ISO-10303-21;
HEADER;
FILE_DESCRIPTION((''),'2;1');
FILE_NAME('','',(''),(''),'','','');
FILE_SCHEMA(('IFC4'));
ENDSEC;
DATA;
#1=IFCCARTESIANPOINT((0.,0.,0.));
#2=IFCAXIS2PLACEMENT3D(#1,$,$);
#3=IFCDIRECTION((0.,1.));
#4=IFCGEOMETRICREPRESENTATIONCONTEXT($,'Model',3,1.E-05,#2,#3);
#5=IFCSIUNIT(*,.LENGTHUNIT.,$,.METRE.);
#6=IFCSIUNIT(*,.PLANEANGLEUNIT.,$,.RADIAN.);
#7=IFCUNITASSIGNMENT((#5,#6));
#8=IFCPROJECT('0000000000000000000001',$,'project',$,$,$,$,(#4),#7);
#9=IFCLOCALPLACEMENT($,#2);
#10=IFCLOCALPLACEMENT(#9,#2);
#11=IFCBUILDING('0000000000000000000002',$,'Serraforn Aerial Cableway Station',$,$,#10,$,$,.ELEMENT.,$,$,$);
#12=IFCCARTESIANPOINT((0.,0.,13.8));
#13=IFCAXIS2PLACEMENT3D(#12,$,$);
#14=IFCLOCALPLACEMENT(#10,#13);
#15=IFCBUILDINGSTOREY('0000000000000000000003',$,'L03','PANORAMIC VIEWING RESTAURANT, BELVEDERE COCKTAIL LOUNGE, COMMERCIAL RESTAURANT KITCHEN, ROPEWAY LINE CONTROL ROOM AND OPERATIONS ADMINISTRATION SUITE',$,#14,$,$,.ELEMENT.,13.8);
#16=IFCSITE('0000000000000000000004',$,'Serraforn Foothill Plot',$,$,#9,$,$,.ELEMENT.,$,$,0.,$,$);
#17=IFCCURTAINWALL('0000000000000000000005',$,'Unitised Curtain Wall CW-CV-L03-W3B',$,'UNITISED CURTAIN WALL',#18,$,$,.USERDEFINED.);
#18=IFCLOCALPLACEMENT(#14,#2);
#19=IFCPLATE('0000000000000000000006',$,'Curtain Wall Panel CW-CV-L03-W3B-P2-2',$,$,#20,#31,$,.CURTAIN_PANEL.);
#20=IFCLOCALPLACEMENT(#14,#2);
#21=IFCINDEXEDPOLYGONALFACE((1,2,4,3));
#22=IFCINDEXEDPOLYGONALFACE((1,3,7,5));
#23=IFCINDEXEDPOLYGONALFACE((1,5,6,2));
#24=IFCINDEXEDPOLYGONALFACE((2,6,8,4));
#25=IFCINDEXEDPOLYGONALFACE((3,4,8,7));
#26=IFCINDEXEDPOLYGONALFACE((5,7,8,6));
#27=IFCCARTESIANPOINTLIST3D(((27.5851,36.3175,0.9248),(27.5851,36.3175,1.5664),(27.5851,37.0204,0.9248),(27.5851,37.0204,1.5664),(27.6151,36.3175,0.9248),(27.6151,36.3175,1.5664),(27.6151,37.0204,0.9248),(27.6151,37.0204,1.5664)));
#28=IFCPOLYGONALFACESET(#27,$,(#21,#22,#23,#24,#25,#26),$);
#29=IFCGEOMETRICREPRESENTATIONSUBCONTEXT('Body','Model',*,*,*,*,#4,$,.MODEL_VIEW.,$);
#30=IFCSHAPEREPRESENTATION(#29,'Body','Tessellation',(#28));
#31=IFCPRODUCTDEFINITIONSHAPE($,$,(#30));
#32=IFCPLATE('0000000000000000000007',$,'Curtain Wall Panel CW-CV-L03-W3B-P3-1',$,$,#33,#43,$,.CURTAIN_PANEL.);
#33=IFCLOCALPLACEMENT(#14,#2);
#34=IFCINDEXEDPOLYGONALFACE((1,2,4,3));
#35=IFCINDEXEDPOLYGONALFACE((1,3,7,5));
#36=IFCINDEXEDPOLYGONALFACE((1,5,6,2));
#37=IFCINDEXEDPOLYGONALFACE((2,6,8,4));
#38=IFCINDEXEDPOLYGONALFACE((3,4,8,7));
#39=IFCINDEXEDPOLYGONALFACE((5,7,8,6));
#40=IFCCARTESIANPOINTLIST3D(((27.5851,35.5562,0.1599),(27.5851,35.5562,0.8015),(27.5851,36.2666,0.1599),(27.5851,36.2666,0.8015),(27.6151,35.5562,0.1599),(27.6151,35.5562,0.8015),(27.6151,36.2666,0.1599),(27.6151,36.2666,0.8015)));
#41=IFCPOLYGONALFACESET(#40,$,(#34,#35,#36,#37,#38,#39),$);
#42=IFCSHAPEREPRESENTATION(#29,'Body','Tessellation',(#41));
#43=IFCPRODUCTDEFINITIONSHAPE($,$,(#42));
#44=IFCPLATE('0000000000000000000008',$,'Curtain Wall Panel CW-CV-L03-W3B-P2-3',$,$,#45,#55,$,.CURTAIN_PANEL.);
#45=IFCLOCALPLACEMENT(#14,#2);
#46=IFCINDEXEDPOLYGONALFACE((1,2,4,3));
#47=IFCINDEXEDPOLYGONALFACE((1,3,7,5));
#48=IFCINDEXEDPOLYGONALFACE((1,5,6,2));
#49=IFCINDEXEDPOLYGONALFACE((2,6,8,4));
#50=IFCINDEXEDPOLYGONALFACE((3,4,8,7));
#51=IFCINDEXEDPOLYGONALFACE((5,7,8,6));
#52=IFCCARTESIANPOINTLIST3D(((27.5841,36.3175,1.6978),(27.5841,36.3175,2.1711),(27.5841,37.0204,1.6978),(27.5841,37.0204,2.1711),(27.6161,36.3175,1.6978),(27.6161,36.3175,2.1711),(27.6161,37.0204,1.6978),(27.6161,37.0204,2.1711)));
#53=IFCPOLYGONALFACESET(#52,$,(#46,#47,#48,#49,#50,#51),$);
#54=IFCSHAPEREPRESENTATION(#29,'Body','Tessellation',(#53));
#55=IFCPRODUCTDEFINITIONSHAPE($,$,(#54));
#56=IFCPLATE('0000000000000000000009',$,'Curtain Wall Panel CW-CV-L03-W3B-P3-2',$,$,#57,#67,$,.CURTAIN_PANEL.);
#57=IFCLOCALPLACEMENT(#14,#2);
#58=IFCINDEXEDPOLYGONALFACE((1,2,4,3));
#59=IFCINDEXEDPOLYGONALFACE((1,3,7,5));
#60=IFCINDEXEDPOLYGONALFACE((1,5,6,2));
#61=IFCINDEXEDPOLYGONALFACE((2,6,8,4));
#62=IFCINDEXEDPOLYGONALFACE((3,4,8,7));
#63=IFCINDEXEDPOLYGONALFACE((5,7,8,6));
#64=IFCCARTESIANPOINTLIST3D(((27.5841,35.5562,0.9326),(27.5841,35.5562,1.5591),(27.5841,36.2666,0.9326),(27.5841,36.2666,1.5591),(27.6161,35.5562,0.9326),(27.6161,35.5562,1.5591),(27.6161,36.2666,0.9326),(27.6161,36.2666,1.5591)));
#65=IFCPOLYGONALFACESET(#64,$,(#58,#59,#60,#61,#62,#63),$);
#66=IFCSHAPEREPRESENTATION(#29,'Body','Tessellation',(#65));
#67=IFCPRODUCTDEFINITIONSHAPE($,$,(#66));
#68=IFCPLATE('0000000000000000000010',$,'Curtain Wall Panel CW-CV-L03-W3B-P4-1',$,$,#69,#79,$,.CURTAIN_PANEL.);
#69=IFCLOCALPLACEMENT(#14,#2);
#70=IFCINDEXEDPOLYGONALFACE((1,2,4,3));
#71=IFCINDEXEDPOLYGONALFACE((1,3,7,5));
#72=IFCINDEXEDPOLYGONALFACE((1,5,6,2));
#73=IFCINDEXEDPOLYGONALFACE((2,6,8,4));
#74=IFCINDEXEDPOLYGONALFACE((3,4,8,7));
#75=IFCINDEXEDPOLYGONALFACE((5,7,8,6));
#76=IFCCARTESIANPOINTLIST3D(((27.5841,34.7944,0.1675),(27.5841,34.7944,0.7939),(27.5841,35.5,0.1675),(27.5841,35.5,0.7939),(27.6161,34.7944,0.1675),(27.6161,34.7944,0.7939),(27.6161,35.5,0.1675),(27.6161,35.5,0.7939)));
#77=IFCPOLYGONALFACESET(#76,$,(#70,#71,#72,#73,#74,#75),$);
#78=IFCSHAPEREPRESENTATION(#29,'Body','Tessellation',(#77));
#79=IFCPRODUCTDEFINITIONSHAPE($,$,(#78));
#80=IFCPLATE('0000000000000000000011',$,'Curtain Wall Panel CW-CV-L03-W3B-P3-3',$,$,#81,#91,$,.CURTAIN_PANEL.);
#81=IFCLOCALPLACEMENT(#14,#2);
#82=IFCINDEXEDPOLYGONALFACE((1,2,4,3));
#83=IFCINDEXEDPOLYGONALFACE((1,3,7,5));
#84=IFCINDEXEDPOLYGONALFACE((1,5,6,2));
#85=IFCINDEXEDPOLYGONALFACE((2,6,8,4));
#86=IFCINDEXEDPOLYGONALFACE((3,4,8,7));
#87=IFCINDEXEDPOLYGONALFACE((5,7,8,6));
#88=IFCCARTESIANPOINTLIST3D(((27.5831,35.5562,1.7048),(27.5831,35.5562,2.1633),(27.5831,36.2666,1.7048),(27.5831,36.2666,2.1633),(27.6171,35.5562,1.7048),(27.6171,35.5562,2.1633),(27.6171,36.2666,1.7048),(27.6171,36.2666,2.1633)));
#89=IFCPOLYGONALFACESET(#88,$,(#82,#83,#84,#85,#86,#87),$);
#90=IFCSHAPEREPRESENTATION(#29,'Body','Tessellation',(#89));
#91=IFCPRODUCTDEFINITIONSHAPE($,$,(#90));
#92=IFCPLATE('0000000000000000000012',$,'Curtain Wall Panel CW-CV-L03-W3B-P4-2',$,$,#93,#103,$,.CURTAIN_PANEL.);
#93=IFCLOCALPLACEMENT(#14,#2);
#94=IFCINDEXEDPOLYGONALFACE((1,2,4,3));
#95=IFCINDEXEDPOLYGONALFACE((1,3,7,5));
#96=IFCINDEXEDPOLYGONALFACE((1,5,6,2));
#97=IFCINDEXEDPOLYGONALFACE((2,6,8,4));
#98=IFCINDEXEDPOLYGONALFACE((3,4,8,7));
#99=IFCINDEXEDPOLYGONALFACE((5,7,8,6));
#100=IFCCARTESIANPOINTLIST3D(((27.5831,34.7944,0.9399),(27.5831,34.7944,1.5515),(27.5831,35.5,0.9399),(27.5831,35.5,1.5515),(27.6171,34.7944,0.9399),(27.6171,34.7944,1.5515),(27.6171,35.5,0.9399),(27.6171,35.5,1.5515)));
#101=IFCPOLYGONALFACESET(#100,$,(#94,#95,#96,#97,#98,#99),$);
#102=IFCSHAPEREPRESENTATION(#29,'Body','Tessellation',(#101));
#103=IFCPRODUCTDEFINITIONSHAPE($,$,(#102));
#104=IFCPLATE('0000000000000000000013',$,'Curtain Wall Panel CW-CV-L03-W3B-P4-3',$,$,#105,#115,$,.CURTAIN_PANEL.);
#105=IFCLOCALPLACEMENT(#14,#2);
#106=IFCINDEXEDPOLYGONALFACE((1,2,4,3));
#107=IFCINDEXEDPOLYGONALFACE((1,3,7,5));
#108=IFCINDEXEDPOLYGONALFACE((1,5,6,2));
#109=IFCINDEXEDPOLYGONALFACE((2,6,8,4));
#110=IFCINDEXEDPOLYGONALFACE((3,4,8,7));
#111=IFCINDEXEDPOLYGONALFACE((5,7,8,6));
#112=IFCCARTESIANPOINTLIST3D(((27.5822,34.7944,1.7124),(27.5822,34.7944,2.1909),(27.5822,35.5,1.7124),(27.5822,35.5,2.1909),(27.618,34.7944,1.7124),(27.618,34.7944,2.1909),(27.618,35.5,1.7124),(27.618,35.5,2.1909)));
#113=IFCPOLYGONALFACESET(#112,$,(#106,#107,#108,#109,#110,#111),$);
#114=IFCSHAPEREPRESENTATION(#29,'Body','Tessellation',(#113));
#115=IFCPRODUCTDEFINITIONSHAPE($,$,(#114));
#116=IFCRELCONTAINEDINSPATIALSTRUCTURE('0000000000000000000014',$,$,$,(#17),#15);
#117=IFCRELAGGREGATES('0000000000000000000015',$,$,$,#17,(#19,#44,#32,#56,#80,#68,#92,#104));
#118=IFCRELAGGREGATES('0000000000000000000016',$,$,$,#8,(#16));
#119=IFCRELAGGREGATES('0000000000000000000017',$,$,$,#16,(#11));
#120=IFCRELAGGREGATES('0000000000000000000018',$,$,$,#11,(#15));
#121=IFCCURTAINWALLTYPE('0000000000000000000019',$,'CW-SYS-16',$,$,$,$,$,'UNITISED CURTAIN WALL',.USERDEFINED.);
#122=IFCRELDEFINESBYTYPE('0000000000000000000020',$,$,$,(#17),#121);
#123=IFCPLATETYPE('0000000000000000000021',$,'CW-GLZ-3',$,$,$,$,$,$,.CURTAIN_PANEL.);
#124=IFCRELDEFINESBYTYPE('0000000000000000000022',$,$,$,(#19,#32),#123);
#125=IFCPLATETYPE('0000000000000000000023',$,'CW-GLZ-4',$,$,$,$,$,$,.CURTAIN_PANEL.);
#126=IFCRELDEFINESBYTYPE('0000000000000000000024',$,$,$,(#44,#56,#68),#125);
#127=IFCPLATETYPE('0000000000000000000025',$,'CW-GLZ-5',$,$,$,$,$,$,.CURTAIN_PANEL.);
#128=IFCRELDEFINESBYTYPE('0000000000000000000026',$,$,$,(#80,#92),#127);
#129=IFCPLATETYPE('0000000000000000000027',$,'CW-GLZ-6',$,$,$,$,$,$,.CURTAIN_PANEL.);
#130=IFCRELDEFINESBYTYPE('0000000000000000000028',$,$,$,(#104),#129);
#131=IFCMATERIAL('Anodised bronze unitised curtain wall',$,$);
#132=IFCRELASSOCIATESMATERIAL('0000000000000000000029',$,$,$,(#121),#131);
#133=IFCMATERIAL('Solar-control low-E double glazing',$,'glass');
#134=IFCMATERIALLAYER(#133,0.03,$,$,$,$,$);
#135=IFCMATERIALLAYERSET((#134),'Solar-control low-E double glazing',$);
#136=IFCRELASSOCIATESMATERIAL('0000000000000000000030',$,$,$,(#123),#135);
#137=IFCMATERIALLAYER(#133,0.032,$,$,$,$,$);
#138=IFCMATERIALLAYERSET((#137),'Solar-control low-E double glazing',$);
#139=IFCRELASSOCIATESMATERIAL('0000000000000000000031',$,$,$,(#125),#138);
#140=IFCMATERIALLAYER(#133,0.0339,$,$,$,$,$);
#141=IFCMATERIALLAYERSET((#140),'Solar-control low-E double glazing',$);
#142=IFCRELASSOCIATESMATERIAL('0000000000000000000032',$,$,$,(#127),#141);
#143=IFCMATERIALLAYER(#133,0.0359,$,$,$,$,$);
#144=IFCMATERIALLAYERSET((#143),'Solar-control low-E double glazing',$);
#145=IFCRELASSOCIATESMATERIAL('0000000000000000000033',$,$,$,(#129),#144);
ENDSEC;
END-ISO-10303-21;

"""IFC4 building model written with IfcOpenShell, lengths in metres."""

from ifc_helpers import new_model, si_unit, direction, frame, origin, origin_2d, place, context, subcontext, project, spatial, rectangle, extrude, material, layer, layer_set, type_object, element, aggregate, save


model = new_model("IFC4")

# Units and contexts
model_context = context("Model", 3, precision=1e-05, world=origin(), true_north=direction((0.0, 1.0)))
body_context = subcontext(model_context, "Body", "Model", "MODEL_VIEW")
ifc_project = project(units=[si_unit("LENGTHUNIT", "METRE"), si_unit("PLANEANGLEUNIT", "RADIAN")], contexts=[model_context])

# Site, building, storey
site_placement = place(None, origin())
site = spatial("IfcSite", under=ifc_project, at=site_placement, Name="Serraforn Foothill Plot", CompositionType="ELEMENT", RefElevation=0.0)
building_placement = place(site_placement, origin())
building = spatial("IfcBuilding", under=site, at=building_placement, Name="Serraforn Aerial Cableway Station", CompositionType="ELEMENT")
storey_placement = place(building_placement, frame((0.0, 0.0, 13.8)))
storey = spatial("IfcBuildingStorey", under=building, at=storey_placement, Name="L03", Description="PANORAMIC VIEWING RESTAURANT, BELVEDERE COCKTAIL LOUNGE, COMMERCIAL RESTAURANT KITCHEN, ROPEWAY LINE CONTROL ROOM AND OPERATIONS ADMINISTRATION SUITE", CompositionType="ELEMENT", Elevation=13.8)

# Curtain wall, plates
ifc_material_1 = material(Name="Anodised bronze unitised curtain wall")
curtain_wall_type = type_object("IfcCurtainWallType", Name="CW-SYS-16", ElementType="UNITISED CURTAIN WALL", PredefinedType="USERDEFINED", material=ifc_material_1)
curtain_wall_placement = place(storey_placement, origin())
curtain_wall = element("IfcCurtainWall", 1, at=curtain_wall_placement, inside=storey, type_object=curtain_wall_type, Name="Unitised Curtain Wall CW-CV-L03-W3B", ObjectType="UNITISED CURTAIN WALL", PredefinedType="USERDEFINED")
ifc_material_2 = material(Name="Solar-control low-E double glazing", Category="glass")
ifc_layer_1 = layer(ifc_material_2, 0.03)
ifc_layer_set_1 = layer_set([ifc_layer_1], Name="Solar-control low-E double glazing")
plate_type_1 = type_object("IfcPlateType", Name="CW-GLZ-3", PredefinedType="CURTAIN_PANEL", material=ifc_layer_set_1)
plate_1_placement = place(storey_placement, frame((27.6001, 36.6689, 0.9248), z_axis=(0.0, 0.0, 1.0), x_axis=(1.0, 0.0, 0.0)))
plate_1 = element("IfcPlate", 2, at=plate_1_placement, type_object=plate_type_1, Name="Curtain Wall Panel CW-CV-L03-W3B-P2-2", PredefinedType="CURTAIN_PANEL", context=body_context, shape_type="SweptSolid", body=[
    extrude(rectangle(XDim=0.03, YDim=0.7029, at=origin_2d()), origin(), (0.0, 0.0, 1.0), 0.6416),
])
plate_2_placement = place(storey_placement, frame((27.6001, 35.9114, 0.1599), z_axis=(0.0, 0.0, 1.0), x_axis=(1.0, 0.0, 0.0)))
plate_2 = element("IfcPlate", 3, at=plate_2_placement, type_object=plate_type_1, Name="Curtain Wall Panel CW-CV-L03-W3B-P3-1", PredefinedType="CURTAIN_PANEL", context=body_context, shape_type="SweptSolid", body=[
    extrude(rectangle(XDim=0.03, YDim=0.7104, at=origin_2d()), origin(), (0.0, 0.0, 1.0), 0.6416),
])
ifc_layer_2 = layer(ifc_material_2, 0.032)
ifc_layer_set_2 = layer_set([ifc_layer_2], Name="Solar-control low-E double glazing")
plate_type_2 = type_object("IfcPlateType", Name="CW-GLZ-4", PredefinedType="CURTAIN_PANEL", material=ifc_layer_set_2)
plate_3_placement = place(storey_placement, frame((27.6001, 36.6689, 1.6978), z_axis=(0.0, 0.0, 1.0), x_axis=(1.0, 0.0, 0.0)))
plate_3 = element("IfcPlate", 4, at=plate_3_placement, type_object=plate_type_2, Name="Curtain Wall Panel CW-CV-L03-W3B-P2-3", PredefinedType="CURTAIN_PANEL", context=body_context, shape_type="SweptSolid", body=[
    extrude(rectangle(XDim=0.032, YDim=0.7029, at=origin_2d()), origin(), (0.0, 0.0, 1.0), 0.4734),
])
plate_4_placement = place(storey_placement, frame((27.6001, 35.9114, 0.9326), z_axis=(0.0, 0.0, 1.0), x_axis=(1.0, 0.0, 0.0)))
plate_4 = element("IfcPlate", 5, at=plate_4_placement, type_object=plate_type_2, Name="Curtain Wall Panel CW-CV-L03-W3B-P3-2", PredefinedType="CURTAIN_PANEL", context=body_context, shape_type="SweptSolid", body=[
    extrude(rectangle(XDim=0.032, YDim=0.7104, at=origin_2d()), origin(), (0.0, 0.0, 1.0), 0.6265),
])
plate_5_placement = place(storey_placement, frame((27.6001, 35.1472, 0.1675), z_axis=(0.0, 0.0, 1.0), x_axis=(1.0, 0.0, 0.0)))
plate_5 = element("IfcPlate", 6, at=plate_5_placement, type_object=plate_type_2, Name="Curtain Wall Panel CW-CV-L03-W3B-P4-1", PredefinedType="CURTAIN_PANEL", context=body_context, shape_type="SweptSolid", body=[
    extrude(rectangle(XDim=0.032, YDim=0.7056, at=origin_2d()), origin(), (0.0, 0.0, 1.0), 0.6265),
])
ifc_layer_3 = layer(ifc_material_2, 0.0339)
ifc_layer_set_3 = layer_set([ifc_layer_3], Name="Solar-control low-E double glazing")
plate_type_3 = type_object("IfcPlateType", Name="CW-GLZ-5", PredefinedType="CURTAIN_PANEL", material=ifc_layer_set_3)
plate_6_placement = place(storey_placement, frame((27.6001, 35.9114, 1.7048), z_axis=(0.0, 0.0, 1.0), x_axis=(1.0, 0.0, 0.0)))
plate_6 = element("IfcPlate", 7, at=plate_6_placement, type_object=plate_type_3, Name="Curtain Wall Panel CW-CV-L03-W3B-P3-3", PredefinedType="CURTAIN_PANEL", context=body_context, shape_type="SweptSolid", body=[
    extrude(rectangle(XDim=0.0339, YDim=0.7104, at=origin_2d()), origin(), (0.0, 0.0, 1.0), 0.4585),
])
plate_7_placement = place(storey_placement, frame((27.6001, 35.1472, 0.9399), z_axis=(0.0, 0.0, 1.0), x_axis=(1.0, 0.0, 0.0)))
plate_7 = element("IfcPlate", 8, at=plate_7_placement, type_object=plate_type_3, Name="Curtain Wall Panel CW-CV-L03-W3B-P4-2", PredefinedType="CURTAIN_PANEL", context=body_context, shape_type="SweptSolid", body=[
    extrude(rectangle(XDim=0.0339, YDim=0.7056, at=origin_2d()), origin(), (0.0, 0.0, 1.0), 0.6116),
])
ifc_layer_4 = layer(ifc_material_2, 0.0359)
ifc_layer_set_4 = layer_set([ifc_layer_4], Name="Solar-control low-E double glazing")
plate_type_4 = type_object("IfcPlateType", Name="CW-GLZ-6", PredefinedType="CURTAIN_PANEL", material=ifc_layer_set_4)
plate_8_placement = place(storey_placement, frame((27.6001, 35.1472, 1.7124), z_axis=(0.0, 0.0, 1.0), x_axis=(1.0, 0.0, 0.0)))
plate_8 = element("IfcPlate", 9, at=plate_8_placement, type_object=plate_type_4, Name="Curtain Wall Panel CW-CV-L03-W3B-P4-3", PredefinedType="CURTAIN_PANEL", context=body_context, shape_type="SweptSolid", body=[
    extrude(rectangle(XDim=0.0359, YDim=0.7056, at=origin_2d()), origin(), (0.0, 0.0, 1.0), 0.4785),
])
aggregate(curtain_wall, [plate_1, plate_3, plate_2, plate_4, plate_6, plate_5, plate_7, plate_8])

save(model, "model.ifc")
